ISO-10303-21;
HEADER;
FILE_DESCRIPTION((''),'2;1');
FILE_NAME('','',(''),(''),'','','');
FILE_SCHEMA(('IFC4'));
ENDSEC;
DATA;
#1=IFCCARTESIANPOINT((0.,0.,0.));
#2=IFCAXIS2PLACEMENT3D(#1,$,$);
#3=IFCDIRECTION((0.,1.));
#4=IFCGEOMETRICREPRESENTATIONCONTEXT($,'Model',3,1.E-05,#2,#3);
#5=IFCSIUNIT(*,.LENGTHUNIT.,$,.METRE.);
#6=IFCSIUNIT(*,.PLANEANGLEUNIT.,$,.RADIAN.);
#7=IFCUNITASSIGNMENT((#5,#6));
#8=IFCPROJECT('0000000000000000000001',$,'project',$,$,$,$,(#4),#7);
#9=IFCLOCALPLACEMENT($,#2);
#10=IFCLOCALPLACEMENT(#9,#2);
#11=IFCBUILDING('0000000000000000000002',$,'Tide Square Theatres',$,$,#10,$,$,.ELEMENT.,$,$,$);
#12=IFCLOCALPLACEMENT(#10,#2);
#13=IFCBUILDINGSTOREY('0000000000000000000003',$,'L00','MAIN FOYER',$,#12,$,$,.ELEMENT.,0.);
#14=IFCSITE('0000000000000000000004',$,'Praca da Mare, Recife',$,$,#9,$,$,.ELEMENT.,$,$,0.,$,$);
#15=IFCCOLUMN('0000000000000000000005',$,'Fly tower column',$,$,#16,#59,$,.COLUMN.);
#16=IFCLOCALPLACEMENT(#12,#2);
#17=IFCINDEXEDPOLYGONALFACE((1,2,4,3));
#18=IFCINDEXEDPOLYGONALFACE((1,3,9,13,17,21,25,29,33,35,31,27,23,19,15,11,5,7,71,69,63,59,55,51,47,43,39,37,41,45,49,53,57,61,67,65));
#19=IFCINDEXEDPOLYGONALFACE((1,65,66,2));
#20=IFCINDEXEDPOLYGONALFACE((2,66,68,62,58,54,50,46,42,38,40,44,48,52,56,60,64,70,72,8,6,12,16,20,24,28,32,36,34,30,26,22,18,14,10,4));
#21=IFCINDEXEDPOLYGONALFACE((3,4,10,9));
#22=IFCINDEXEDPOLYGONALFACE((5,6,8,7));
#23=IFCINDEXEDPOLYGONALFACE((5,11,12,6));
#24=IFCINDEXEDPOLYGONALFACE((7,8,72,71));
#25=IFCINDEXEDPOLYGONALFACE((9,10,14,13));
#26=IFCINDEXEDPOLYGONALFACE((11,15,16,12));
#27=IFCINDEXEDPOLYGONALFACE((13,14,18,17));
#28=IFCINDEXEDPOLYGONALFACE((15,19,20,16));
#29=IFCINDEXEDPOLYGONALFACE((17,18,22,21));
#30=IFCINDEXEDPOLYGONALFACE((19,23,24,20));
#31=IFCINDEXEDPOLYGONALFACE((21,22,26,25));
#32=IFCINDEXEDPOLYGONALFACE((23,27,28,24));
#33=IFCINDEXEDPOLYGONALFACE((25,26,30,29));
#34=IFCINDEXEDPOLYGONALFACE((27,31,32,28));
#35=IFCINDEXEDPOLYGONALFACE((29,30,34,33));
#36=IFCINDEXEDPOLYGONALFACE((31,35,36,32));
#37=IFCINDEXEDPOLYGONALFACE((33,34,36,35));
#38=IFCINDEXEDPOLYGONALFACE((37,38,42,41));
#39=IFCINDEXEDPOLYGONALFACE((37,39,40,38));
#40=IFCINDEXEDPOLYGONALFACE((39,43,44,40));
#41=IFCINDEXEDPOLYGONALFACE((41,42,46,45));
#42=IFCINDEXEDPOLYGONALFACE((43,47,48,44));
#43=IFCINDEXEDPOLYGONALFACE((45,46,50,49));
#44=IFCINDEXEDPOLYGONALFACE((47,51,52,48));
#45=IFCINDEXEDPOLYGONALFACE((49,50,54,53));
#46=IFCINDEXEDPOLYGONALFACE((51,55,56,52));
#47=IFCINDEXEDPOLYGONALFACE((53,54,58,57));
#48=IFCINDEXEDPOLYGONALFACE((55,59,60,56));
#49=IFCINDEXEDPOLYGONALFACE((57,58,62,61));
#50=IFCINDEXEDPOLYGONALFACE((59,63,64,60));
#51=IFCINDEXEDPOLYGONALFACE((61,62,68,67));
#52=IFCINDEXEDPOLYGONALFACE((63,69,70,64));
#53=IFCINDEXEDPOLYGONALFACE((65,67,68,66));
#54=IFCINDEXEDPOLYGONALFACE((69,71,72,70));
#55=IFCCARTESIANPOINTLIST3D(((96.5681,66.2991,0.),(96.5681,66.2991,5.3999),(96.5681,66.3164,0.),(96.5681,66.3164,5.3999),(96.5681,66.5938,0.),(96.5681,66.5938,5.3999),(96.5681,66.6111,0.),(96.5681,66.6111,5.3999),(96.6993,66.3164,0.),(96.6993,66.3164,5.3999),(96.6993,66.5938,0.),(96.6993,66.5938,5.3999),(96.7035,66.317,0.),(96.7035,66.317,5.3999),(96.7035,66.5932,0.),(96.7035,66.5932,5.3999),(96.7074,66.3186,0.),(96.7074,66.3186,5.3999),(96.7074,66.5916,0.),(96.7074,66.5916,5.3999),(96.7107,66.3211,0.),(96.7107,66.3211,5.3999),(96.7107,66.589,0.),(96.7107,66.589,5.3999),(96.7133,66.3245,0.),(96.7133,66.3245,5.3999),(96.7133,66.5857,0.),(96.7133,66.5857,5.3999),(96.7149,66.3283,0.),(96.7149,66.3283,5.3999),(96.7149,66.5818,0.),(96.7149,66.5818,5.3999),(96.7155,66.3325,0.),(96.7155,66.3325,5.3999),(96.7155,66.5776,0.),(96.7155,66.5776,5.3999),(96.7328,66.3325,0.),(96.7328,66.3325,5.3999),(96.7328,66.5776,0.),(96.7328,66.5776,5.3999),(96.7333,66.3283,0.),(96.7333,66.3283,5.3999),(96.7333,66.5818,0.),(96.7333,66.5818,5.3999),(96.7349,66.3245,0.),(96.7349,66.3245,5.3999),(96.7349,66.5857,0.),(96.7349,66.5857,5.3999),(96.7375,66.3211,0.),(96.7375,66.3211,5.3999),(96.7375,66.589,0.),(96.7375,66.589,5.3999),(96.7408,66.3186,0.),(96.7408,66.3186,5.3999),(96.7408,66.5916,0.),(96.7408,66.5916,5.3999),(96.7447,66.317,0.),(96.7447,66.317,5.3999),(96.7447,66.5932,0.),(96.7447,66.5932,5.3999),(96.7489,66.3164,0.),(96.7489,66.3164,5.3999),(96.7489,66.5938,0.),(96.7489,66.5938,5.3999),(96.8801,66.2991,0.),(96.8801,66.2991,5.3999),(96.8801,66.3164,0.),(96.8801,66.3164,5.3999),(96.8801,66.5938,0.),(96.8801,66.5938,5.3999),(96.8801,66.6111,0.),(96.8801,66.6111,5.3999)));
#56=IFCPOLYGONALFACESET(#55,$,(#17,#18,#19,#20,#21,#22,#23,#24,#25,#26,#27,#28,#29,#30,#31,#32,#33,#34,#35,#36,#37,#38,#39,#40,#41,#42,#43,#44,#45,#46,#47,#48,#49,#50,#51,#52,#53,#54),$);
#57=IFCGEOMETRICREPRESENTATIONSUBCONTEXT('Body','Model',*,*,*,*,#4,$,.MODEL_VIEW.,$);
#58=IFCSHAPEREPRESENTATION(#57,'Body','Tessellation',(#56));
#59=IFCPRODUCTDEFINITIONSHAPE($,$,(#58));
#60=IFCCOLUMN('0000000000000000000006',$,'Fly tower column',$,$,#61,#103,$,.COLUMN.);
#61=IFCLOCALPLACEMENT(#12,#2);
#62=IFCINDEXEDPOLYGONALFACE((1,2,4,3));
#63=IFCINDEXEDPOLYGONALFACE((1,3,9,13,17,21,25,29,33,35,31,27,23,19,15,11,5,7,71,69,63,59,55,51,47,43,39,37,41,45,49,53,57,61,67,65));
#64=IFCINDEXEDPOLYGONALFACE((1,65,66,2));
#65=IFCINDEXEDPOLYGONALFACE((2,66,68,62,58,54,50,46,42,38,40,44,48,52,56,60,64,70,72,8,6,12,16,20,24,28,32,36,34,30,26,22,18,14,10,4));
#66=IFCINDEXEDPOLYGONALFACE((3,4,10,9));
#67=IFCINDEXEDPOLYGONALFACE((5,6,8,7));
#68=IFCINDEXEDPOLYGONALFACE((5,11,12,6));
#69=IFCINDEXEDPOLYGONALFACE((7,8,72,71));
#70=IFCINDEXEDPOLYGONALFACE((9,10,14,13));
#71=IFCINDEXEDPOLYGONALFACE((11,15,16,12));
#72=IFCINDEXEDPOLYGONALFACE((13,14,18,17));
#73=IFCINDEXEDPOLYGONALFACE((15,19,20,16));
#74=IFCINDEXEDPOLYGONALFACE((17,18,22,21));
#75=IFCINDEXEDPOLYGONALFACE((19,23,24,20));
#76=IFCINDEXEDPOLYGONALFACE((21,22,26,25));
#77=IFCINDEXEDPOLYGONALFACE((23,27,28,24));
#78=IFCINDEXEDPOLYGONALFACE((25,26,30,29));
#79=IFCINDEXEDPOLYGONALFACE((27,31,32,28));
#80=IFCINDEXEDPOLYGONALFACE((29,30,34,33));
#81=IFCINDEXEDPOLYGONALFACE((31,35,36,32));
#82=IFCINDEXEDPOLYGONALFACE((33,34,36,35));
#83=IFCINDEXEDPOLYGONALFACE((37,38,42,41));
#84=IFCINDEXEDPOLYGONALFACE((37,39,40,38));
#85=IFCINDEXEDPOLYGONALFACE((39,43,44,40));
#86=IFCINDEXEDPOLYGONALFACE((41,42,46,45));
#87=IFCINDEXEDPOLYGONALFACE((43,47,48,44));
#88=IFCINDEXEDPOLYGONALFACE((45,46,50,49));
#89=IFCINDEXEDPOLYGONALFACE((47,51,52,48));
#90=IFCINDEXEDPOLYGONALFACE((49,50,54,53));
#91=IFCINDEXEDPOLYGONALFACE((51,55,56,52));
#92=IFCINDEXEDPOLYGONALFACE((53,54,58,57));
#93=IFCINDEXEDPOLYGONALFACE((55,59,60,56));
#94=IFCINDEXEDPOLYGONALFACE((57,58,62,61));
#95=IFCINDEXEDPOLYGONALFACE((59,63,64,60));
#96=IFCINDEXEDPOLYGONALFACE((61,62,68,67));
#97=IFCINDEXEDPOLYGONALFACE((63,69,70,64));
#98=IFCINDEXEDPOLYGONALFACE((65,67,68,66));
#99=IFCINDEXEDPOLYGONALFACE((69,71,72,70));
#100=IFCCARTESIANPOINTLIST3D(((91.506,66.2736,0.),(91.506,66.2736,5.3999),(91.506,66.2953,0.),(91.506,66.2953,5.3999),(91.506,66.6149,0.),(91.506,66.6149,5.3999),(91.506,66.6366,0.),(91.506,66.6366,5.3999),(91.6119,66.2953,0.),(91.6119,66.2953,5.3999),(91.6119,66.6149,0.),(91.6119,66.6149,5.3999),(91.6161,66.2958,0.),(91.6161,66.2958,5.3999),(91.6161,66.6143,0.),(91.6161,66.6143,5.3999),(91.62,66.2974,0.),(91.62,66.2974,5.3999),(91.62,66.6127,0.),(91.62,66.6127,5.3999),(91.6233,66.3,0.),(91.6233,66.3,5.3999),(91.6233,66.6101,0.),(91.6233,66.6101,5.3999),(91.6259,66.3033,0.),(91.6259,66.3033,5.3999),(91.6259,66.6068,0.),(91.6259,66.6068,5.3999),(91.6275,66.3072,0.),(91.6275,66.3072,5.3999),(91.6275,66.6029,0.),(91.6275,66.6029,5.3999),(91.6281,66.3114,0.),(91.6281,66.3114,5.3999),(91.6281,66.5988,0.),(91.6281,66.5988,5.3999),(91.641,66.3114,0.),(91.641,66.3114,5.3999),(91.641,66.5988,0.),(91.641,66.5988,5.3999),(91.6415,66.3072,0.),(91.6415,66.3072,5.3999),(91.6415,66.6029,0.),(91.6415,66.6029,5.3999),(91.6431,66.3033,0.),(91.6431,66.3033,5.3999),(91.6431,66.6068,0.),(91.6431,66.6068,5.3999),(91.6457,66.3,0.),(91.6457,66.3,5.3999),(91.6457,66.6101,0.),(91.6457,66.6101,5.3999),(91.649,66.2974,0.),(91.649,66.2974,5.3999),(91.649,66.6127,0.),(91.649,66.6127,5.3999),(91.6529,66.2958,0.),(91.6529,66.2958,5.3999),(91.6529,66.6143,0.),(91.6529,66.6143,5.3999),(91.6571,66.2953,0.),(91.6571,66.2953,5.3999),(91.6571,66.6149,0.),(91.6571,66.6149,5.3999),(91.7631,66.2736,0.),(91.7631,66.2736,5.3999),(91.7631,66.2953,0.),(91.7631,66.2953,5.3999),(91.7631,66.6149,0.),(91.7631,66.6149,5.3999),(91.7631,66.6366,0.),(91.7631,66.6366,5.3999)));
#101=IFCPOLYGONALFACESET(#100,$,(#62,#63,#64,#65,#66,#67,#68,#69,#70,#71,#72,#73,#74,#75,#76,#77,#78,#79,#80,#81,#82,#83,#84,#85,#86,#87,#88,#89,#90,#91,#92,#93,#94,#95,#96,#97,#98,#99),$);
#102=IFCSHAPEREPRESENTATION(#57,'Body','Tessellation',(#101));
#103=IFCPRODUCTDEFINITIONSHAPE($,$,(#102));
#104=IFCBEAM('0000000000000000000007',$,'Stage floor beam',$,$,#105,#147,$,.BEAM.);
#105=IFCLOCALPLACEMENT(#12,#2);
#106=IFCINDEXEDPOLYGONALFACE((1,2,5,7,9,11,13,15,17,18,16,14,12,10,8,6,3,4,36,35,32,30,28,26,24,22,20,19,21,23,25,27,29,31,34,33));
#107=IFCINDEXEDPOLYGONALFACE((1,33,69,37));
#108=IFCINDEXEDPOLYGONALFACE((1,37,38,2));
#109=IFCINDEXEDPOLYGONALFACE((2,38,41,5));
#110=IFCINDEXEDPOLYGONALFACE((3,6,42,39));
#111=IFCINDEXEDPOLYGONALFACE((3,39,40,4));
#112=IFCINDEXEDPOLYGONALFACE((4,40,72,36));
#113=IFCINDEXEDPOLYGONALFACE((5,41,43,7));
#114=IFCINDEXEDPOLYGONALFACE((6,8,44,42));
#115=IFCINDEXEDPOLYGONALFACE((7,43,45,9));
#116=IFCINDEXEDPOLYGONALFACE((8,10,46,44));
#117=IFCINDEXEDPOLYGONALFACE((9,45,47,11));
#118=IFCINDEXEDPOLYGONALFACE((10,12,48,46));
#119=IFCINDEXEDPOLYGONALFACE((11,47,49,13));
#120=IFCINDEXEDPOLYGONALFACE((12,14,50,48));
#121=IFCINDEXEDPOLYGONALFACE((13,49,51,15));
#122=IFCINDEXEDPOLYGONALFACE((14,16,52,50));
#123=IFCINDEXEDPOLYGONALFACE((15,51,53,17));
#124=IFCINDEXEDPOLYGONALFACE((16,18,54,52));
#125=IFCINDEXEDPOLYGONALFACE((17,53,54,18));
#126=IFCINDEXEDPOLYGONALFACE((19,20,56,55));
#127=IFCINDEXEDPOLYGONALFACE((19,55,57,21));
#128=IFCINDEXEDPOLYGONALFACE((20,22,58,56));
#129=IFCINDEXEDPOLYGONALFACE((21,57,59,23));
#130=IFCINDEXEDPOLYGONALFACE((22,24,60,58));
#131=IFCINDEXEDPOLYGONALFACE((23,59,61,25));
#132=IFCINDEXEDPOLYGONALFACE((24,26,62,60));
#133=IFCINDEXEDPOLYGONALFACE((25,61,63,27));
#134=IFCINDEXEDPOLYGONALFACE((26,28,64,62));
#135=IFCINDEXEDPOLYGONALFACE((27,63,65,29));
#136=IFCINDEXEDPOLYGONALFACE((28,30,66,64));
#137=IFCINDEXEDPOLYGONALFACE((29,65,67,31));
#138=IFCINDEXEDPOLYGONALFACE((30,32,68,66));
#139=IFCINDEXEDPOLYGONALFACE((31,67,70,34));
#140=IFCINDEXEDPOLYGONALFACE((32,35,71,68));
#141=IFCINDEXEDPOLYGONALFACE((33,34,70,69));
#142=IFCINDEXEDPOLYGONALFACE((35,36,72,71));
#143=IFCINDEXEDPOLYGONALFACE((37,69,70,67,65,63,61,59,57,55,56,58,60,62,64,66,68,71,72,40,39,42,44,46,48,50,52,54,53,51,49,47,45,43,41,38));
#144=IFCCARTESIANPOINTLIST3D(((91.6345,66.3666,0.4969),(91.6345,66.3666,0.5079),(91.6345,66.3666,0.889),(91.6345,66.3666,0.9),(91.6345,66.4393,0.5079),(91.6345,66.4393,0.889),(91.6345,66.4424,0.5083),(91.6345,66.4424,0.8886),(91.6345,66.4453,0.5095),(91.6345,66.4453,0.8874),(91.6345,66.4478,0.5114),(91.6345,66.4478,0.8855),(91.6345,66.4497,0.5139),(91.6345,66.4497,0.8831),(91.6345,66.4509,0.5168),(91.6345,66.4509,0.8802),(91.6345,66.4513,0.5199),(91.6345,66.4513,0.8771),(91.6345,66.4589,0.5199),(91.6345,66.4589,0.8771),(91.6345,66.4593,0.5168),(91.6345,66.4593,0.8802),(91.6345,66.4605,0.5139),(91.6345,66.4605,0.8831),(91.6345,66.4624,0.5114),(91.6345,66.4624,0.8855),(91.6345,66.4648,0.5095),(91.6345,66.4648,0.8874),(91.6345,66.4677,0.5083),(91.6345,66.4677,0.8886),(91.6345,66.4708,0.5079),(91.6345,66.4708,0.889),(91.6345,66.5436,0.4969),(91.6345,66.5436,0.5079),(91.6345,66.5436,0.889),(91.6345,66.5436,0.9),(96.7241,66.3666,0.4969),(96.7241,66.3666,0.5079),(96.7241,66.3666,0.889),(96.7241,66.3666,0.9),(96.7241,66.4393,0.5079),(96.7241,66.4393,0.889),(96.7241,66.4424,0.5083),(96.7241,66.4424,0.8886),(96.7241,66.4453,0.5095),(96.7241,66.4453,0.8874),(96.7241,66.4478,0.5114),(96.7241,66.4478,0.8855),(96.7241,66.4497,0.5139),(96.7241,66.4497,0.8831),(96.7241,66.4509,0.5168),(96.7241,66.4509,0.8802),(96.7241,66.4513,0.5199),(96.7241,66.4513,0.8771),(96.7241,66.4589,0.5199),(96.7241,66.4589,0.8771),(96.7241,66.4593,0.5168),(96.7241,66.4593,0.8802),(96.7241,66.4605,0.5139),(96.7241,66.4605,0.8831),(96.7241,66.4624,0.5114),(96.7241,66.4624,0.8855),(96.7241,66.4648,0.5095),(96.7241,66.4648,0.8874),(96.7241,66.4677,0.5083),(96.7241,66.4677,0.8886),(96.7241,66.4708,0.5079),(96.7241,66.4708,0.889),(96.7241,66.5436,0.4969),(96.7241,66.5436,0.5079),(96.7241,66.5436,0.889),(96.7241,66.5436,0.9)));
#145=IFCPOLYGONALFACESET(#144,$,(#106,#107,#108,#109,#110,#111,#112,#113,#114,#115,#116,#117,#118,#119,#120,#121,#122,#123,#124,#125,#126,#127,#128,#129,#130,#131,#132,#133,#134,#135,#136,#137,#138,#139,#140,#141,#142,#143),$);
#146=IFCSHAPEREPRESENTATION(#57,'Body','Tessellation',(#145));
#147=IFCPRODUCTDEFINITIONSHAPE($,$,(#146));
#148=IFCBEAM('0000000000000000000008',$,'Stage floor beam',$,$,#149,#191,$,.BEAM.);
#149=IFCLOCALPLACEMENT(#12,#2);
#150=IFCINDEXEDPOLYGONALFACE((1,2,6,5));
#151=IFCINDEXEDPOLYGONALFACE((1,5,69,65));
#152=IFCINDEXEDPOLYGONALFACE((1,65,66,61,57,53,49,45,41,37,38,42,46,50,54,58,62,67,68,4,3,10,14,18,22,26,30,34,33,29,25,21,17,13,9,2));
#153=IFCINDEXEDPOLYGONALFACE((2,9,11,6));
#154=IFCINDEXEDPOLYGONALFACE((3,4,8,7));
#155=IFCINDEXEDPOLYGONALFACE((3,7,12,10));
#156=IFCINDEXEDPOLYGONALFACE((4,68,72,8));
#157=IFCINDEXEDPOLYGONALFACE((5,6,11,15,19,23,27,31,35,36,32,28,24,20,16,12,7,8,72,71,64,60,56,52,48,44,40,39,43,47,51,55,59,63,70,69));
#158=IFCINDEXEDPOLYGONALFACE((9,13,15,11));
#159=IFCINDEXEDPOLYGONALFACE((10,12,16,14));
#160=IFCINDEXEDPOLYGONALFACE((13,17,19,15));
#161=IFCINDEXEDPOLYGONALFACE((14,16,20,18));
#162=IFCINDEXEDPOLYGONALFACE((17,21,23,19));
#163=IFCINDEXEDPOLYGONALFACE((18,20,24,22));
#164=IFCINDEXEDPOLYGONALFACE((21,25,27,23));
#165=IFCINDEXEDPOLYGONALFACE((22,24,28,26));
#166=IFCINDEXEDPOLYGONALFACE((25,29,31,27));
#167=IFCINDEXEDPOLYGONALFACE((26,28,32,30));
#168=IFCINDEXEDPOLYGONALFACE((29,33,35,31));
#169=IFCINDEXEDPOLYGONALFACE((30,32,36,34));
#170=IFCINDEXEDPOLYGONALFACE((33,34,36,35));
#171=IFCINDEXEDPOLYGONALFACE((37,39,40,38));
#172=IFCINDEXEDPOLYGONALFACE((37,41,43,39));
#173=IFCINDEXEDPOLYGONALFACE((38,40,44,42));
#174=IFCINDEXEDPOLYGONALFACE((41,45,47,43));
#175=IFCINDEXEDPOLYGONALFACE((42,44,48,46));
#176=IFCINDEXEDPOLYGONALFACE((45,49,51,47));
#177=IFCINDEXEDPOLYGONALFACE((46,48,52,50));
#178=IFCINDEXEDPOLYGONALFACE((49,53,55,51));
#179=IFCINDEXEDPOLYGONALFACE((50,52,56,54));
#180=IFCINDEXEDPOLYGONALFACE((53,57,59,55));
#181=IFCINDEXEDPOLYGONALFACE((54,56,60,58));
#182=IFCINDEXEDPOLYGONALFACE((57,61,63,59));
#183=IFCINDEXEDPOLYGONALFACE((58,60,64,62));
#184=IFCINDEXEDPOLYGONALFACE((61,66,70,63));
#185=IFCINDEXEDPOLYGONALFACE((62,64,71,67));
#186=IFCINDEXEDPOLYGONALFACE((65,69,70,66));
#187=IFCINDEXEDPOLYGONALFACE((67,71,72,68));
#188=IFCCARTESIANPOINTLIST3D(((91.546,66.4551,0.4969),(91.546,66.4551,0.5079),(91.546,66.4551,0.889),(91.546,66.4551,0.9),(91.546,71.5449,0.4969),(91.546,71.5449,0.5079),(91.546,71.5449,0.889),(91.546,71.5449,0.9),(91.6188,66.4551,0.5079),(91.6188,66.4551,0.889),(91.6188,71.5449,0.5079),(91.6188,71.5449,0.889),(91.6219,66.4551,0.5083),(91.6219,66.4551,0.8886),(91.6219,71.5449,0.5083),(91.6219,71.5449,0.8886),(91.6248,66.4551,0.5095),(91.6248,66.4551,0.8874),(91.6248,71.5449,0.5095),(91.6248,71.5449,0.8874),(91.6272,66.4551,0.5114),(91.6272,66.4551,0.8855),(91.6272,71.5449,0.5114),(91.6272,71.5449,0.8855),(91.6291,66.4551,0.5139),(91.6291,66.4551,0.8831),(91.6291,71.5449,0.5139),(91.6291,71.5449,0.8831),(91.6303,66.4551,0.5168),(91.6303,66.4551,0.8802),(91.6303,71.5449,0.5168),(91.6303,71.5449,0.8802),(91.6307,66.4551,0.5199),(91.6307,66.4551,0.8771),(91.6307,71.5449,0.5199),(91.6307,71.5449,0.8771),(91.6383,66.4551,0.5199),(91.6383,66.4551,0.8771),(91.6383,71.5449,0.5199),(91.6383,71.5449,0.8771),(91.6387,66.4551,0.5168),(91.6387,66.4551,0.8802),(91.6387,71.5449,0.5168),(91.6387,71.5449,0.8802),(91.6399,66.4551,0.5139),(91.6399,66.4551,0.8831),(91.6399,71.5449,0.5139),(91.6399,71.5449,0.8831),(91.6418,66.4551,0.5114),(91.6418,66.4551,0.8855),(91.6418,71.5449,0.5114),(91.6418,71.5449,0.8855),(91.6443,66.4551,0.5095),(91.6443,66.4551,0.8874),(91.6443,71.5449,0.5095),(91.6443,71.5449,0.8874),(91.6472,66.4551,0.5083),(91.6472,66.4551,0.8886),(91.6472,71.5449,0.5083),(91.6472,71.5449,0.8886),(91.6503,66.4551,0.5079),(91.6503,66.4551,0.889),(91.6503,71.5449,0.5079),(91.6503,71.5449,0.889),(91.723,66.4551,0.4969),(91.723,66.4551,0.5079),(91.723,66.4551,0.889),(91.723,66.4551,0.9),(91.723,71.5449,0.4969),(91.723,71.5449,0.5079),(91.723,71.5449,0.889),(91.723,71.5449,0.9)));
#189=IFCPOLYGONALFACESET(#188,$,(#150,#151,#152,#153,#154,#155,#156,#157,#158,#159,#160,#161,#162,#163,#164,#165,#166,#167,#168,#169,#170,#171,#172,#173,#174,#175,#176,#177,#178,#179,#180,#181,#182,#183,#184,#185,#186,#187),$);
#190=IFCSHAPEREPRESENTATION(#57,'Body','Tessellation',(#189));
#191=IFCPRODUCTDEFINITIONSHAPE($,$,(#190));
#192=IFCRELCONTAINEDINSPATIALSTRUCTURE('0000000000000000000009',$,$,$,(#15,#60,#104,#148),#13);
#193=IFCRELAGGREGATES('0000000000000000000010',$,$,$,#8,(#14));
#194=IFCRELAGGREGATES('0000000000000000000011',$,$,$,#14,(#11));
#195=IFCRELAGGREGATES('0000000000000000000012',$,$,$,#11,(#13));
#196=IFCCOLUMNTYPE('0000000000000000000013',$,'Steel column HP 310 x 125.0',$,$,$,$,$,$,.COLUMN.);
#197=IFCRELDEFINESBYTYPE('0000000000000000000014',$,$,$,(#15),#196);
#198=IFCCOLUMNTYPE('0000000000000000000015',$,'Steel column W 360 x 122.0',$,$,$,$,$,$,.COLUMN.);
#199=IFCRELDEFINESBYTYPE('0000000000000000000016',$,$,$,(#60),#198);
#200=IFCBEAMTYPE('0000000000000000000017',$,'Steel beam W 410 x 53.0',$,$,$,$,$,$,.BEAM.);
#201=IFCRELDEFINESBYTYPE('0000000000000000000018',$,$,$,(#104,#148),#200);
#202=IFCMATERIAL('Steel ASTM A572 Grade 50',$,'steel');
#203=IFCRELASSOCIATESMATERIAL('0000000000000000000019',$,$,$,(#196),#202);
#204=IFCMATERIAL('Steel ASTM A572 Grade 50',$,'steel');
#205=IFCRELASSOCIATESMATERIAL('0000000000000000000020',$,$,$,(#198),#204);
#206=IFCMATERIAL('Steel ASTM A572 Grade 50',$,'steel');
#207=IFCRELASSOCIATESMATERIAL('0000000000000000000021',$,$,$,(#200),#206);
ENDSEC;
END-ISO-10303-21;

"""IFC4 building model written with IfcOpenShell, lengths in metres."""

from ifc_helpers import new_model, si_unit, direction, frame, origin, origin_2d, place, context, subcontext, project, spatial, i_section, extrude, material, material_profile, profile_set, type_object, element, save


model = new_model("IFC4")

# Units and contexts
model_context = context("Model", 3, precision=1e-05, world=origin(), true_north=direction((0.0, 1.0)))
body_context = subcontext(model_context, "Body", "Model", "MODEL_VIEW")
ifc_project = project(units=[si_unit("LENGTHUNIT", "METRE"), si_unit("PLANEANGLEUNIT", "RADIAN")], contexts=[model_context])

# Site, building, storey
site_placement = place(None, origin())
site = spatial("IfcSite", under=ifc_project, at=site_placement, Name="Praca da Mare, Recife", CompositionType="ELEMENT", RefElevation=0.0)
building_placement = place(site_placement, origin())
building = spatial("IfcBuilding", under=site, at=building_placement, Name="Tide Square Theatres", CompositionType="ELEMENT")
storey_placement = place(building_placement, origin())
storey = spatial("IfcBuildingStorey", under=building, at=storey_placement, Name="L00", Description="MAIN FOYER", CompositionType="ELEMENT", Elevation=0.0)

# Columns
ifc_material_1 = material(Name="Steel ASTM A572 Grade 50", Category="steel")
ifc_material_profile_1 = material_profile(ifc_material_1, i_section(OverallWidth=0.312, OverallDepth=0.312, WebThickness=0.0173, FlangeThickness=0.0173, FilletRadius=0.0161, at=origin_2d()))
ifc_profile_set_1 = profile_set([ifc_material_profile_1], Name="Steel ASTM A572 Grade 50")
column_type_1 = type_object("IfcColumnType", Name="Steel column HP 310 x 125.0", PredefinedType="COLUMN", material=ifc_profile_set_1)
column_1_placement = place(storey_placement, frame((96.7241, 66.4551, 0.0), z_axis=(0.0, 0.0, 1.0), x_axis=(1.0, 0.0, 0.0)))
element("IfcColumn", 1, at=column_1_placement, inside=storey, type_object=column_type_1, Name="Fly tower column", PredefinedType="COLUMN", context=body_context, shape_type="SweptSolid", body=[
    extrude(i_section(OverallWidth=0.312, OverallDepth=0.312, WebThickness=0.0173, FlangeThickness=0.0173, FilletRadius=0.0161, at=origin_2d()), origin(), (0.0, 0.0, 1.0), 5.3999),
])
ifc_material_2 = material(Name="Steel ASTM A572 Grade 50", Category="steel")
ifc_material_profile_2 = material_profile(ifc_material_2, i_section(OverallWidth=0.2571, OverallDepth=0.363, WebThickness=0.0129, FlangeThickness=0.0217, FilletRadius=0.0161, at=origin_2d()))
ifc_profile_set_2 = profile_set([ifc_material_profile_2], Name="Steel ASTM A572 Grade 50")
column_type_2 = type_object("IfcColumnType", Name="Steel column W 360 x 122.0", PredefinedType="COLUMN", material=ifc_profile_set_2)
column_2_placement = place(storey_placement, frame((91.6345, 66.4551, 0.0), z_axis=(0.0, 0.0, 1.0), x_axis=(1.0, 0.0, 0.0)))
element("IfcColumn", 2, at=column_2_placement, inside=storey, type_object=column_type_2, Name="Fly tower column", PredefinedType="COLUMN", context=body_context, shape_type="SweptSolid", body=[
    extrude(i_section(OverallWidth=0.2571, OverallDepth=0.363, WebThickness=0.0129, FlangeThickness=0.0217, FilletRadius=0.0161, at=origin_2d()), origin(), (0.0, 0.0, 1.0), 5.3999),
])

# Beams
ifc_material_3 = material(Name="Steel ASTM A572 Grade 50", Category="steel")
ifc_material_profile_3 = material_profile(ifc_material_3, i_section(OverallWidth=0.177, OverallDepth=0.4031, WebThickness=0.0076, FlangeThickness=0.011, FilletRadius=0.012, at=origin_2d()))
ifc_profile_set_3 = profile_set([ifc_material_profile_3], Name="Steel ASTM A572 Grade 50")
beam_type = type_object("IfcBeamType", Name="Steel beam W 410 x 53.0", PredefinedType="BEAM", material=ifc_profile_set_3)
beam_placement = place(storey_placement, frame((91.6345, 66.4551, 0.6985), z_axis=(1.0, 0.0, 0.0), x_axis=(0.0, 1.0, 0.0)))
element("IfcBeam", 3, at=beam_placement, inside=storey, type_object=beam_type, Name="Stage floor beam", PredefinedType="BEAM", context=body_context, shape_type="SweptSolid", body=[
    extrude(i_section(OverallWidth=0.177, OverallDepth=0.4031, WebThickness=0.0076, FlangeThickness=0.011, FilletRadius=0.012, at=origin_2d()), origin(), (0.0, 0.0, 1.0), 5.0896),
])
for number, where, z_axis, x_axis, name in (
    (4, (91.6345, 66.4551, 0.6985), (0.0, 1.0, 0.0), (-1.0, 0.0, 0.0), "Stage floor beam"),
):
    element("IfcBeam", number, at=place(storey_placement, frame(where, z_axis=z_axis, x_axis=x_axis)), inside=storey, type_object=beam_type, Name=name, PredefinedType="BEAM", context=body_context, shape_type="SweptSolid", body=[
        extrude(i_section(OverallWidth=0.177, OverallDepth=0.4031, WebThickness=0.0076, FlangeThickness=0.011, FilletRadius=0.012, at=origin_2d()), origin(), (0.0, 0.0, 1.0), 5.0898),
    ])

save(model, "model.ifc")
